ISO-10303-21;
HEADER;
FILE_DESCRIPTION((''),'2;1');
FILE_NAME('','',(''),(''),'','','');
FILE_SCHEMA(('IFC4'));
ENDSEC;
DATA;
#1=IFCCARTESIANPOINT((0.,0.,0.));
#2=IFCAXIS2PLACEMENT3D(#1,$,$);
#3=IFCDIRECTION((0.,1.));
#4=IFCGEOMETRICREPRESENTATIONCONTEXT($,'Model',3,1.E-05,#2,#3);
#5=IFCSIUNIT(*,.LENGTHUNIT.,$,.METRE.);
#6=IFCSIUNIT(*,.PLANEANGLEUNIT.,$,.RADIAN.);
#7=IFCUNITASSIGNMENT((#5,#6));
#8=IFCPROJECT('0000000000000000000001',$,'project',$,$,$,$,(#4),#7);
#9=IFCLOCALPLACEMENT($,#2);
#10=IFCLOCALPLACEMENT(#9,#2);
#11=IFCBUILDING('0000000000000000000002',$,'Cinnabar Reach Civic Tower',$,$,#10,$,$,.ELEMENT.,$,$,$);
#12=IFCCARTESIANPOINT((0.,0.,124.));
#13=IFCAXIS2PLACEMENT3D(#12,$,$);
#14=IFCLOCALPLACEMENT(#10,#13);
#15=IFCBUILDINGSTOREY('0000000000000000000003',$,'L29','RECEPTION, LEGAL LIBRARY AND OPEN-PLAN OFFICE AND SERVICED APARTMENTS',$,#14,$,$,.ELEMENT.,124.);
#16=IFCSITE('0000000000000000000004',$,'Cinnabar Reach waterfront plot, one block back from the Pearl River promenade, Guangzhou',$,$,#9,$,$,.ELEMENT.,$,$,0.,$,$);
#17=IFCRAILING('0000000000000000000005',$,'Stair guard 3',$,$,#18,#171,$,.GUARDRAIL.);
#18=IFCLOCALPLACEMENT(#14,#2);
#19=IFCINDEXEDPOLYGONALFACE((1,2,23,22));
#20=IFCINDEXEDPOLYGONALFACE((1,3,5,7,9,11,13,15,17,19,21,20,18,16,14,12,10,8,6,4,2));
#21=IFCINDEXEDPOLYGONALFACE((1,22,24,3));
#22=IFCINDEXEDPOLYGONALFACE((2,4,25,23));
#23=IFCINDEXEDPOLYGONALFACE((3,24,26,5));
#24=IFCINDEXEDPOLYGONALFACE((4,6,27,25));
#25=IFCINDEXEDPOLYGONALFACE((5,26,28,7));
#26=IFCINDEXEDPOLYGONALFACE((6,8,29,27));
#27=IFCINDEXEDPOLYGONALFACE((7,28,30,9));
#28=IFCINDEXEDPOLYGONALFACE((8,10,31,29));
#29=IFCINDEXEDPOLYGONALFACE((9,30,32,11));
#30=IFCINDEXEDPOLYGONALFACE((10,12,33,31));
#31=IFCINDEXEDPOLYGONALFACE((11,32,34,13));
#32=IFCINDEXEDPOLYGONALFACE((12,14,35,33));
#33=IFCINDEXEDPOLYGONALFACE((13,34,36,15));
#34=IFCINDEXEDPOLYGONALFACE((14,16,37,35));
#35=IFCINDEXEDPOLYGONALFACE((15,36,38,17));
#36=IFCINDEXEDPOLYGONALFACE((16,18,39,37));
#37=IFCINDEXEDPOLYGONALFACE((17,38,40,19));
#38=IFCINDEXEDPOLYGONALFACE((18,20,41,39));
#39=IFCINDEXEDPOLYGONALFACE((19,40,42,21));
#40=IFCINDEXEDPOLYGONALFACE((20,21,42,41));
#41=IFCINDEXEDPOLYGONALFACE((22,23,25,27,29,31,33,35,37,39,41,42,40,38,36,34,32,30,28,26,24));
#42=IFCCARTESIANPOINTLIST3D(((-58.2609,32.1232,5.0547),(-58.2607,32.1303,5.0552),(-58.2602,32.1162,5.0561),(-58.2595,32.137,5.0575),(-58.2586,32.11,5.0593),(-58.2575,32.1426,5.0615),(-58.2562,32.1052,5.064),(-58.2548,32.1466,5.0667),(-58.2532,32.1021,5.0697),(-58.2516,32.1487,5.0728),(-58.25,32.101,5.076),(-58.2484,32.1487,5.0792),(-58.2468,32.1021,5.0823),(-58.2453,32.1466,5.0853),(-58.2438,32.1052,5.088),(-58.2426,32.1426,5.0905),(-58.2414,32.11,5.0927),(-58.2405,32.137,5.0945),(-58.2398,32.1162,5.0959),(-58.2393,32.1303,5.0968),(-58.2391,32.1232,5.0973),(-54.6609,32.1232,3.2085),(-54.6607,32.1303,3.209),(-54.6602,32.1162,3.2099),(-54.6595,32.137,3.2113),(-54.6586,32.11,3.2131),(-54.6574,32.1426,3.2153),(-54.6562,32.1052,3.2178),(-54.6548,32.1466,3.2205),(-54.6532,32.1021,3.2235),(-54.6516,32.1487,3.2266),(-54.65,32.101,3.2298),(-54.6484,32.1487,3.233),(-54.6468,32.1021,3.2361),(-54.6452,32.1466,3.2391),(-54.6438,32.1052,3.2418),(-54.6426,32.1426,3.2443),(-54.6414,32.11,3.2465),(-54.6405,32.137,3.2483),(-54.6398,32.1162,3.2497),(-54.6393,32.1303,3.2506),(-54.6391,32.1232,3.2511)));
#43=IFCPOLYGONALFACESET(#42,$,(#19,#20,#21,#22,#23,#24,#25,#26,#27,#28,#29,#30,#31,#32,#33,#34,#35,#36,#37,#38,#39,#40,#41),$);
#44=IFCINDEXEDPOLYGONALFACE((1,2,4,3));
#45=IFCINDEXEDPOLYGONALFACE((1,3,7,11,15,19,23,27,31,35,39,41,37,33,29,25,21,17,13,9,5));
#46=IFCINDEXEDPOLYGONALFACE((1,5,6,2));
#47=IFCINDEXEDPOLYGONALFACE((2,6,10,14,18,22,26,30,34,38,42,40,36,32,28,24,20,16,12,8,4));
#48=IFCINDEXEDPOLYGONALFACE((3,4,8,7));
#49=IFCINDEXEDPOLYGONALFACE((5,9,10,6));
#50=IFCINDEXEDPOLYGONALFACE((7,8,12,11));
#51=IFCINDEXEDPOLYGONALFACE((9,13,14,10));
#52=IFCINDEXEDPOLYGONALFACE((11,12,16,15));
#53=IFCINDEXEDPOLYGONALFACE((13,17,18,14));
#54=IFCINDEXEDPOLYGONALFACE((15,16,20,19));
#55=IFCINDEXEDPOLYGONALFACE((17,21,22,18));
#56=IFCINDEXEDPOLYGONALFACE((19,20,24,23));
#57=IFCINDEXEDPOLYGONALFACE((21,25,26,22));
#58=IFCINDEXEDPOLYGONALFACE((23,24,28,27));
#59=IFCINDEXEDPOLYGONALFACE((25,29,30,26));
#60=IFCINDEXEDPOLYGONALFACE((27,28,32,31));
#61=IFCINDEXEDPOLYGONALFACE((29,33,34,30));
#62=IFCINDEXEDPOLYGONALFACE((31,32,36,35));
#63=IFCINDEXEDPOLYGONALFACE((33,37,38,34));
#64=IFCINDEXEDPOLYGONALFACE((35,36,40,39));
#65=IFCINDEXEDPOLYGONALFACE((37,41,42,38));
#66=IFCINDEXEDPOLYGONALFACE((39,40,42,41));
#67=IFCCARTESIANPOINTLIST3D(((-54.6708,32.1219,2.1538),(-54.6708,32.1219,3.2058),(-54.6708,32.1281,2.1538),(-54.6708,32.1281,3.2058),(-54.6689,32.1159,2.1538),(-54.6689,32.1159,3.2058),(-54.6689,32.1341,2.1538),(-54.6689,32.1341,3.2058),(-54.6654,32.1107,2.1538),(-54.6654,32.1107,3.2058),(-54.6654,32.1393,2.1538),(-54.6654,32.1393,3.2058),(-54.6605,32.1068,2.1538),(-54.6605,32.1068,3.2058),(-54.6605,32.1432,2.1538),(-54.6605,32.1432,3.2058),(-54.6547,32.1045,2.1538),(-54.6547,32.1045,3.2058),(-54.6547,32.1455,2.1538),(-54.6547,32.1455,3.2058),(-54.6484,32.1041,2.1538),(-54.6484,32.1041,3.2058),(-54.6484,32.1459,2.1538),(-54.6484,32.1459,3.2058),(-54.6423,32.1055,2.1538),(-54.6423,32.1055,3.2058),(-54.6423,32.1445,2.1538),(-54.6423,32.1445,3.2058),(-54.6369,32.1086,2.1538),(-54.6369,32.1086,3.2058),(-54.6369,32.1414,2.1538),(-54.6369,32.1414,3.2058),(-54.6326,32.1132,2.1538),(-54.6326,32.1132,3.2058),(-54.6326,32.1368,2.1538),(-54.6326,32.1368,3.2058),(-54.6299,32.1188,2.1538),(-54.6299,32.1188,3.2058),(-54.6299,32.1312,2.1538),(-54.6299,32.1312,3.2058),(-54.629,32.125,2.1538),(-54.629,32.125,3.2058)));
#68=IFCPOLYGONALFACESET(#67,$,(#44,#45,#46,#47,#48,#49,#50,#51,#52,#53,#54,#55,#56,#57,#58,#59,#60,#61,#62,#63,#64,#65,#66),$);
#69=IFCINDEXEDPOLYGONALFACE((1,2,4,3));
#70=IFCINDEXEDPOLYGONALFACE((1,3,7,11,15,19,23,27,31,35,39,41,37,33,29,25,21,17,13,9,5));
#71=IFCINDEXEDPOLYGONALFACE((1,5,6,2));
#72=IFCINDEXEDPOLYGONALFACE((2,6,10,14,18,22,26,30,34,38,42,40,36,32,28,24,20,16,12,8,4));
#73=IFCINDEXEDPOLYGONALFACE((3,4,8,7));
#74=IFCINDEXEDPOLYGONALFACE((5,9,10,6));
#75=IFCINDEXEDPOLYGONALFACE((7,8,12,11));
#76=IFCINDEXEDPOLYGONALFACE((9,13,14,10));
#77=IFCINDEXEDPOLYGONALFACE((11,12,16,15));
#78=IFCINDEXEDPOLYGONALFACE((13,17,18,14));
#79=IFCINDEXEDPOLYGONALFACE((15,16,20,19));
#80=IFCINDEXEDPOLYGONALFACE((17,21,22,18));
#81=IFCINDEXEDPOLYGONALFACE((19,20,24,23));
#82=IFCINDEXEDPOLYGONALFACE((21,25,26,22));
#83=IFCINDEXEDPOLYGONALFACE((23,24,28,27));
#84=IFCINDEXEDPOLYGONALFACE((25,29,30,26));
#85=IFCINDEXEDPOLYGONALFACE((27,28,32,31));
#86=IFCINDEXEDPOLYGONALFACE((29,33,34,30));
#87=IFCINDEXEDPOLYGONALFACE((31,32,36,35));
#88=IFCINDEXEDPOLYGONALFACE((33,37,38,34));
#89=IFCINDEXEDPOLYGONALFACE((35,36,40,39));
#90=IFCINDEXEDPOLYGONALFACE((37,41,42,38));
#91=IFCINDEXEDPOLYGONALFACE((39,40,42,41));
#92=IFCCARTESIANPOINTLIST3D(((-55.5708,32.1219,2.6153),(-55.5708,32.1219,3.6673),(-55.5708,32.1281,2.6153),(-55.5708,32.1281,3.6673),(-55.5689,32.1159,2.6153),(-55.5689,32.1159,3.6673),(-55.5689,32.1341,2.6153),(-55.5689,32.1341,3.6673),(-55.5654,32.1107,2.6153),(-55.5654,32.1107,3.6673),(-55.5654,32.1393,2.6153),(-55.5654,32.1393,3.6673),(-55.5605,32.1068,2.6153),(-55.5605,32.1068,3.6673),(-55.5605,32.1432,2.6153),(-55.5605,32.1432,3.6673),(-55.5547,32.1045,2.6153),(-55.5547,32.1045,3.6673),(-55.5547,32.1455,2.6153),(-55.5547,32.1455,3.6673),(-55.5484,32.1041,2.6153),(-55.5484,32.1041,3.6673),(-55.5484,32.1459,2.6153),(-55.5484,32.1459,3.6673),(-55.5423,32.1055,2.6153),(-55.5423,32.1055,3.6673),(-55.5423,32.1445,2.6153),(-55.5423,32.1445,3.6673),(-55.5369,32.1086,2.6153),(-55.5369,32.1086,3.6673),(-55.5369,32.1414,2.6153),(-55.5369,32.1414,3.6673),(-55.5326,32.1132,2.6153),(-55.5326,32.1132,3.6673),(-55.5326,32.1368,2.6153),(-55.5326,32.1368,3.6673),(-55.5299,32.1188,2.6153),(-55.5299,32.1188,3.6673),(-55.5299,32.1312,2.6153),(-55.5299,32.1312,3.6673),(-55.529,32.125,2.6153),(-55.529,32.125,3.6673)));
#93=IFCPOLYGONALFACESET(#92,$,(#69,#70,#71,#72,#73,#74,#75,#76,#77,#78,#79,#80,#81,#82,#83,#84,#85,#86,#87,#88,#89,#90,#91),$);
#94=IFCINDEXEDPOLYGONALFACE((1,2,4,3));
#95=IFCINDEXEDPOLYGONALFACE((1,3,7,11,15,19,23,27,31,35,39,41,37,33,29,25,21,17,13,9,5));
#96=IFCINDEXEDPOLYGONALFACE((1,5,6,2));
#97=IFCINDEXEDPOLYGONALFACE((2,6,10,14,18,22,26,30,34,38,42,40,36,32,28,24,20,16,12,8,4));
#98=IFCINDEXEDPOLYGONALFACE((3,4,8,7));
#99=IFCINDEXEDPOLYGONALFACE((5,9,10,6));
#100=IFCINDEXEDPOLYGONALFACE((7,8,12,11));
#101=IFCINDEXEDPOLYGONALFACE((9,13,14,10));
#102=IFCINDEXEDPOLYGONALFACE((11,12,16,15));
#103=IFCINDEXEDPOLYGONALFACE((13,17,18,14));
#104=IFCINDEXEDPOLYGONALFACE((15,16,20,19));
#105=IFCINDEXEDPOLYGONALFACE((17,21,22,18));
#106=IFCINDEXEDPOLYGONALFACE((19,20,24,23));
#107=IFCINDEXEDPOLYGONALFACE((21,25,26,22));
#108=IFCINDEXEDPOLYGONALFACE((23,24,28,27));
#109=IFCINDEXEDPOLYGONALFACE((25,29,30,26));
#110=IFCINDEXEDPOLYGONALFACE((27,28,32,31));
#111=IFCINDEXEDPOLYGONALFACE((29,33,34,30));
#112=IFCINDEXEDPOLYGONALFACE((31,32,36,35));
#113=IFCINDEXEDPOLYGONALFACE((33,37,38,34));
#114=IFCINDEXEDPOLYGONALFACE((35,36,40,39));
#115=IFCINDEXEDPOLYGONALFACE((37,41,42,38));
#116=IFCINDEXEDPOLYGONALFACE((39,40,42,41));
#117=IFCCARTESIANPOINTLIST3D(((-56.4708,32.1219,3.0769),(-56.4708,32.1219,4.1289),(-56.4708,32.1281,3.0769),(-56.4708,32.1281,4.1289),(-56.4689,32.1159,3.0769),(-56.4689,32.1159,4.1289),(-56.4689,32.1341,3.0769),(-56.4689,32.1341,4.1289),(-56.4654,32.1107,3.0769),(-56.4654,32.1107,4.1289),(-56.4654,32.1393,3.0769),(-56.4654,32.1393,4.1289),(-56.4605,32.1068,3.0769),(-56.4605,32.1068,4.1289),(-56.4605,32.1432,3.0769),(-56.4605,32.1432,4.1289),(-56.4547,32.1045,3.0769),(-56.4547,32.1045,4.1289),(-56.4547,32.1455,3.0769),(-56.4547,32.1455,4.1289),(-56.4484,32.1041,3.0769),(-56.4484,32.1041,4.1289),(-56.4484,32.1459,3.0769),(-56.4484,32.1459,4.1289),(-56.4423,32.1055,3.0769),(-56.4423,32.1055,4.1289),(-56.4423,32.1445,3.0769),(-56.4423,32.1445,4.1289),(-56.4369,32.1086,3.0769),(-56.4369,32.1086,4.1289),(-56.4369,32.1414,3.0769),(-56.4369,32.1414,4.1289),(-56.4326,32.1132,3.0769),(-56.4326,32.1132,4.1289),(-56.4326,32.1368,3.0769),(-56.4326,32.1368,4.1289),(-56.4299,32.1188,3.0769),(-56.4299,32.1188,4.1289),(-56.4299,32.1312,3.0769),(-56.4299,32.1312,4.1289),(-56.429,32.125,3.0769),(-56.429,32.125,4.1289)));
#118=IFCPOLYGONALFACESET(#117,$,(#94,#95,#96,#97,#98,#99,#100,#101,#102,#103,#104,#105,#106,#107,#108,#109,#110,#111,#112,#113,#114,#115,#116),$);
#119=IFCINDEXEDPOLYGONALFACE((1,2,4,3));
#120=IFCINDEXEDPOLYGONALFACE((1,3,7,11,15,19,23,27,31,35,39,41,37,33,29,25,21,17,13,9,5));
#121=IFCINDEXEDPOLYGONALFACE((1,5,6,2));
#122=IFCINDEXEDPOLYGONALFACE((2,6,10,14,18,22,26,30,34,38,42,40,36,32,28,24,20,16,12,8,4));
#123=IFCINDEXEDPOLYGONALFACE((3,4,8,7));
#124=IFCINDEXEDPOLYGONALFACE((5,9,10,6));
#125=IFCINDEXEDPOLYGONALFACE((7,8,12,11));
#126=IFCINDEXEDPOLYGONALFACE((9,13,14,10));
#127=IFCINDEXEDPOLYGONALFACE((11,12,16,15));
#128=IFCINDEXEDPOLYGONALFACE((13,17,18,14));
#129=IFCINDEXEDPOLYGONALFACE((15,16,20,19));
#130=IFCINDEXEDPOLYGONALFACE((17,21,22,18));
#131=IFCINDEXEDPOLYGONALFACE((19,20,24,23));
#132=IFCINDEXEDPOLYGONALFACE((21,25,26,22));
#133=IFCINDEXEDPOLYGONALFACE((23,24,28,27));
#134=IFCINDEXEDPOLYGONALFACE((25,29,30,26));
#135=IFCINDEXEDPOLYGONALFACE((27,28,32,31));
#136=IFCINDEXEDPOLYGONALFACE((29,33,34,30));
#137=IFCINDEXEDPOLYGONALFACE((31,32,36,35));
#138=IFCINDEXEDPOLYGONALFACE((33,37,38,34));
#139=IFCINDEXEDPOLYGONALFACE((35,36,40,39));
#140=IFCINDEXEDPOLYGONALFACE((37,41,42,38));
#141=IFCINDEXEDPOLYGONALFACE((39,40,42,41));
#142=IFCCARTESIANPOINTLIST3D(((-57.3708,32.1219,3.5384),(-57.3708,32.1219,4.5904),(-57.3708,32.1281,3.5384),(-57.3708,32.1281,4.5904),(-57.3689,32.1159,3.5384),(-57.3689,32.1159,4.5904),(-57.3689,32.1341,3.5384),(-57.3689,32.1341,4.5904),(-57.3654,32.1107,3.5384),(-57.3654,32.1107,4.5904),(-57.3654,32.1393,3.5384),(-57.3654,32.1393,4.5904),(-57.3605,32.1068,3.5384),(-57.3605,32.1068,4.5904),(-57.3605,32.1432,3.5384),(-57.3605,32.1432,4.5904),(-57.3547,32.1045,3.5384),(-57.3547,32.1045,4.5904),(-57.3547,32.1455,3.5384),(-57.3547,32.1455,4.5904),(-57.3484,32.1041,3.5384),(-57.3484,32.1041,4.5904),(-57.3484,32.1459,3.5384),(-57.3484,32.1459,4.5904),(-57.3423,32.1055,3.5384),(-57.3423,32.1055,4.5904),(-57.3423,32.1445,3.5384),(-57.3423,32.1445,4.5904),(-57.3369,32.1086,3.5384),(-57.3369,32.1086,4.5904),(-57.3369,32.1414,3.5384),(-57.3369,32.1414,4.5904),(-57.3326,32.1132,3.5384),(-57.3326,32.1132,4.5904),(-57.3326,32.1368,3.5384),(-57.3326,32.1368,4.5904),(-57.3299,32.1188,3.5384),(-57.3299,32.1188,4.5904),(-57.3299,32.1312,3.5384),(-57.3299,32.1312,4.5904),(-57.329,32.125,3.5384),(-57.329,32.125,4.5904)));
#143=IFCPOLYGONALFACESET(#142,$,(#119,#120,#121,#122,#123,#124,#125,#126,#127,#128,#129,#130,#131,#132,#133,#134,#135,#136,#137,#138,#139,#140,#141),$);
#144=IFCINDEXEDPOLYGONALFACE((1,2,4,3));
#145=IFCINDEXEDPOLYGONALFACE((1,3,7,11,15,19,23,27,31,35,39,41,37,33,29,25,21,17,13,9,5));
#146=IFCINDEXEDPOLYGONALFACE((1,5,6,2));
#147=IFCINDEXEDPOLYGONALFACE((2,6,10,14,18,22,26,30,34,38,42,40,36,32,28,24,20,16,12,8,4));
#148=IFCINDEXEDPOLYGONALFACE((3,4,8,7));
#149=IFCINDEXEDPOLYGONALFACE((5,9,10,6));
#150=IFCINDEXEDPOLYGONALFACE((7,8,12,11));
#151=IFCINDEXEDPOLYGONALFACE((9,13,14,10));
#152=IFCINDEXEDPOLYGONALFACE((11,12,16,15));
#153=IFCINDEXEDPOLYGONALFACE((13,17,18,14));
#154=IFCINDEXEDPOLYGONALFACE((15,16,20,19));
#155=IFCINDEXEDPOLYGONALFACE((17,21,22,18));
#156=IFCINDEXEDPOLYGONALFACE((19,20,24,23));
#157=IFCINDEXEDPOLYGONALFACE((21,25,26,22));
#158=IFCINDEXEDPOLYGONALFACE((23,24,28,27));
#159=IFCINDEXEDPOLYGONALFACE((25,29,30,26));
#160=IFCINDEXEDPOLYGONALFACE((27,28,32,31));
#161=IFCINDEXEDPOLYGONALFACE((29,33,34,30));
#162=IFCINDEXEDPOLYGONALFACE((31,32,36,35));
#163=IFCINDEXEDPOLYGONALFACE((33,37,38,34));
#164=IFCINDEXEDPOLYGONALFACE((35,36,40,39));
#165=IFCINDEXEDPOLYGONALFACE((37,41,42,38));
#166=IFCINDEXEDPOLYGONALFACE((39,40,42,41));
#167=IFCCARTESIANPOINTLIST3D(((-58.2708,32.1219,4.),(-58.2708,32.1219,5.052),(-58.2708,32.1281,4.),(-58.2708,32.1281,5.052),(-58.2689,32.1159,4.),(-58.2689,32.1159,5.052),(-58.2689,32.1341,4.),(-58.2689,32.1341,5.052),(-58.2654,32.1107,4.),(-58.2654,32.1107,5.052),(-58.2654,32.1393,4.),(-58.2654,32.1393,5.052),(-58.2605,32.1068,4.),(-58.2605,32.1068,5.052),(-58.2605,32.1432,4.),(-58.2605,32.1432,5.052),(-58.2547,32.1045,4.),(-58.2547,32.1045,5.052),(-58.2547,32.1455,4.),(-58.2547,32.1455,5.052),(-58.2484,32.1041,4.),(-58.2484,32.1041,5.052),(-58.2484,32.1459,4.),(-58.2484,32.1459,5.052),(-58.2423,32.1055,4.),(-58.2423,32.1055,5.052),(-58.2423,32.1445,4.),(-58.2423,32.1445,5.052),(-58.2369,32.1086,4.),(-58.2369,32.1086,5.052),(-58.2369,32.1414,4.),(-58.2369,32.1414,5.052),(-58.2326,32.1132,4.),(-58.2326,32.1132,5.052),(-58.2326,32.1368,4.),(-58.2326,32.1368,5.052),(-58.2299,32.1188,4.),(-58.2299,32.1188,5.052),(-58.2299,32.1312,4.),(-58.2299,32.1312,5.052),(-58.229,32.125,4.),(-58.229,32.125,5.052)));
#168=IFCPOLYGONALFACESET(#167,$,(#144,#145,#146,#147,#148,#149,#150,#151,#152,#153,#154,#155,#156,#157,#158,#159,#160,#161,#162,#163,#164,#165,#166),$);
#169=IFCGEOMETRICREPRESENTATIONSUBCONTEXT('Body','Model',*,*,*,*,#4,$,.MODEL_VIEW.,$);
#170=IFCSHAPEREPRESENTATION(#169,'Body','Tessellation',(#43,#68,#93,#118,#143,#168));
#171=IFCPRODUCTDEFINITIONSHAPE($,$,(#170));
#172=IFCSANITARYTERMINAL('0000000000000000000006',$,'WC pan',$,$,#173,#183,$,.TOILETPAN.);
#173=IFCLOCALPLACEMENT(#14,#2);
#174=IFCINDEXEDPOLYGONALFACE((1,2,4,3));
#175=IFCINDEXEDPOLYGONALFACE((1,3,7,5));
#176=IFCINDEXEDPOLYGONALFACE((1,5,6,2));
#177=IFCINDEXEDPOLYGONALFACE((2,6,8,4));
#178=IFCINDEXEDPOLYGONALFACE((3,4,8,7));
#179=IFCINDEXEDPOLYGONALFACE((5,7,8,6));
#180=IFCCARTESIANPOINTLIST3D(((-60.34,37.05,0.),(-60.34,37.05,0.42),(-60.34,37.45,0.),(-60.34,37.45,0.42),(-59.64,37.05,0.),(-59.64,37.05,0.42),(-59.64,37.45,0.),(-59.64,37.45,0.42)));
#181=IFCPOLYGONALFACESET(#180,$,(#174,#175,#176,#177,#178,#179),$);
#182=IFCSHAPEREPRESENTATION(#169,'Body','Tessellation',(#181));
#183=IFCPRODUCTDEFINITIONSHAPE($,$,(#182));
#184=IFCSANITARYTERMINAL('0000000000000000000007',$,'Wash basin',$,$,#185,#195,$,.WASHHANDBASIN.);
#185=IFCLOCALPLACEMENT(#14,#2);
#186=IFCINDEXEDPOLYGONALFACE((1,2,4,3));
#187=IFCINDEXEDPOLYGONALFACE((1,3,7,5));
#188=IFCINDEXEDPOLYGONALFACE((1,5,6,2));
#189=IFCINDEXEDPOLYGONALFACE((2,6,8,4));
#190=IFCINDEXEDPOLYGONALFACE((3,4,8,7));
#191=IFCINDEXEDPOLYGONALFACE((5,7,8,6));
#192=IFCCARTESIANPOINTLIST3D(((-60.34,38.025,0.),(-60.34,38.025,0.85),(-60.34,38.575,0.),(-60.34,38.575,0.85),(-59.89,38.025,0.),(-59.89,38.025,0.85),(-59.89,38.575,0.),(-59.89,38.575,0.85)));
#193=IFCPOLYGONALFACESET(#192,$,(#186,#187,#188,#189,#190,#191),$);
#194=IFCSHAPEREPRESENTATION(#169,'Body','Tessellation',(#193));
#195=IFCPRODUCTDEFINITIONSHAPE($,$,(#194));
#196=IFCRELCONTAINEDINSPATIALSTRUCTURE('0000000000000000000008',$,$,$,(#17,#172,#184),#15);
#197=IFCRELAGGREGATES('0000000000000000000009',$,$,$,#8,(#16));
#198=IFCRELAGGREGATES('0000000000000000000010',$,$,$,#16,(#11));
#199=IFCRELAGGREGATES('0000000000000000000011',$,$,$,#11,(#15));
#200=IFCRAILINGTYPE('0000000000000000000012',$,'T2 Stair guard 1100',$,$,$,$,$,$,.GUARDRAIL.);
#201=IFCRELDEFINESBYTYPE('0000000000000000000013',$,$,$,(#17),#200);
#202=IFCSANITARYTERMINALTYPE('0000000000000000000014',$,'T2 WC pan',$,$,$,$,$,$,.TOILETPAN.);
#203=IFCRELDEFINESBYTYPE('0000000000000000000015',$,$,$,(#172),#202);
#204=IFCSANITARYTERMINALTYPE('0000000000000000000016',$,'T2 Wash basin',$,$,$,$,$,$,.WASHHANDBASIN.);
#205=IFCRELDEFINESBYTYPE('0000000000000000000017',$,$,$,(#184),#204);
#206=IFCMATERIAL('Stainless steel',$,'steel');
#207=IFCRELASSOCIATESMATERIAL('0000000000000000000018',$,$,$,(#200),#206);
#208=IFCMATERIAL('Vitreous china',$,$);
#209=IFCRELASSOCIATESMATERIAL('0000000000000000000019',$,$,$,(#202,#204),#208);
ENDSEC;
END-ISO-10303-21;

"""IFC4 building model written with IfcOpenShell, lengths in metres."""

from ifc_helpers import new_model, si_unit, direction, frame, origin, origin_2d, place, context, subcontext, project, spatial, rectangle, circle, extrude, material, type_object, element, save


model = new_model("IFC4")

# Units and contexts
model_context = context("Model", 3, precision=1e-05, world=origin(), true_north=direction((0.0, 1.0)))
body_context = subcontext(model_context, "Body", "Model", "MODEL_VIEW")
ifc_project = project(units=[si_unit("LENGTHUNIT", "METRE"), si_unit("PLANEANGLEUNIT", "RADIAN")], contexts=[model_context])

# Site, building, storey
site_placement = place(None, origin())
site = spatial("IfcSite", under=ifc_project, at=site_placement, Name="Cinnabar Reach waterfront plot, one block back from the Pearl River promenade, Guangzhou", CompositionType="ELEMENT", RefElevation=0.0)
building_placement = place(site_placement, origin())
building = spatial("IfcBuilding", under=site, at=building_placement, Name="Cinnabar Reach Civic Tower", CompositionType="ELEMENT")
storey_placement = place(building_placement, frame((0.0, 0.0, 124.0)))
storey = spatial("IfcBuildingStorey", under=building, at=storey_placement, Name="L29", Description="RECEPTION, LEGAL LIBRARY AND OPEN-PLAN OFFICE AND SERVICED APARTMENTS", CompositionType="ELEMENT", Elevation=124.0)

# Railing
ifc_material_1 = material(Name="Stainless steel", Category="steel")
railing_type = type_object("IfcRailingType", Name="T2 Stair guard 1100", PredefinedType="GUARDRAIL", material=ifc_material_1)
railing_1_placement = place(storey_placement, frame((-54.65, 32.125, 2.1538)))
element("IfcRailing", 1, at=railing_1_placement, inside=storey, type_object=railing_type, Name="Stair guard 3", PredefinedType="GUARDRAIL", context=body_context, shape_type="SweptSolid", body=[
    extrude(circle(Radius=0.024, at=origin_2d()), frame((0.0, 0.0, 1.076), z_axis=(-0.889813, 0.0, 0.456326), x_axis=(0.0, -1.0, 0.0)), (0.0, 0.0, 1.0), 4.0458),
    extrude(circle(Radius=0.021, at=origin_2d()), origin(), (0.0, 0.0, 1.0), 1.052),
    extrude(circle(Radius=0.021, at=origin_2d()), frame((-0.9, 0.0, 0.4615)), (0.0, 0.0, 1.0), 1.052),
    extrude(circle(Radius=0.021, at=origin_2d()), frame((-1.8, 0.0, 0.9231)), (0.0, 0.0, 1.0), 1.052),
    extrude(circle(Radius=0.021, at=origin_2d()), frame((-2.7, 0.0, 1.3846)), (0.0, 0.0, 1.0), 1.052),
    extrude(circle(Radius=0.021, at=origin_2d()), frame((-3.6, 0.0, 1.8462)), (0.0, 0.0, 1.0), 1.052),
])

# Sanitary terminals
ifc_material_2 = material(Name="Vitreous china")
sanitary_terminal_type_1 = type_object("IfcSanitaryTerminalType", Name="T2 WC pan", PredefinedType="TOILETPAN", material=ifc_material_2)
sanitary_terminal_1_placement = place(storey_placement, frame((-59.99, 37.25, 0.0), z_axis=(0.0, 0.0, 1.0), x_axis=(1.0, 0.0, 0.0)))
element("IfcSanitaryTerminal", 2, at=sanitary_terminal_1_placement, inside=storey, type_object=sanitary_terminal_type_1, Name="WC pan", PredefinedType="TOILETPAN", context=body_context, shape_type="SweptSolid", body=[
    extrude(rectangle(XDim=0.7, YDim=0.4, at=origin_2d()), origin(), (0.0, 0.0, 1.0), 0.42),
])
sanitary_terminal_type_2 = type_object("IfcSanitaryTerminalType", Name="T2 Wash basin", PredefinedType="WASHHANDBASIN", material=ifc_material_2)
sanitary_terminal_2_placement = place(storey_placement, frame((-60.115, 38.3, 0.0), z_axis=(0.0, 0.0, 1.0), x_axis=(1.0, 0.0, 0.0)))
element("IfcSanitaryTerminal", 3, at=sanitary_terminal_2_placement, inside=storey, type_object=sanitary_terminal_type_2, Name="Wash basin", PredefinedType="WASHHANDBASIN", context=body_context, shape_type="SweptSolid", body=[
    extrude(rectangle(XDim=0.45, YDim=0.55, at=origin_2d()), origin(), (0.0, 0.0, 1.0), 0.85),
])

save(model, "model.ifc")
